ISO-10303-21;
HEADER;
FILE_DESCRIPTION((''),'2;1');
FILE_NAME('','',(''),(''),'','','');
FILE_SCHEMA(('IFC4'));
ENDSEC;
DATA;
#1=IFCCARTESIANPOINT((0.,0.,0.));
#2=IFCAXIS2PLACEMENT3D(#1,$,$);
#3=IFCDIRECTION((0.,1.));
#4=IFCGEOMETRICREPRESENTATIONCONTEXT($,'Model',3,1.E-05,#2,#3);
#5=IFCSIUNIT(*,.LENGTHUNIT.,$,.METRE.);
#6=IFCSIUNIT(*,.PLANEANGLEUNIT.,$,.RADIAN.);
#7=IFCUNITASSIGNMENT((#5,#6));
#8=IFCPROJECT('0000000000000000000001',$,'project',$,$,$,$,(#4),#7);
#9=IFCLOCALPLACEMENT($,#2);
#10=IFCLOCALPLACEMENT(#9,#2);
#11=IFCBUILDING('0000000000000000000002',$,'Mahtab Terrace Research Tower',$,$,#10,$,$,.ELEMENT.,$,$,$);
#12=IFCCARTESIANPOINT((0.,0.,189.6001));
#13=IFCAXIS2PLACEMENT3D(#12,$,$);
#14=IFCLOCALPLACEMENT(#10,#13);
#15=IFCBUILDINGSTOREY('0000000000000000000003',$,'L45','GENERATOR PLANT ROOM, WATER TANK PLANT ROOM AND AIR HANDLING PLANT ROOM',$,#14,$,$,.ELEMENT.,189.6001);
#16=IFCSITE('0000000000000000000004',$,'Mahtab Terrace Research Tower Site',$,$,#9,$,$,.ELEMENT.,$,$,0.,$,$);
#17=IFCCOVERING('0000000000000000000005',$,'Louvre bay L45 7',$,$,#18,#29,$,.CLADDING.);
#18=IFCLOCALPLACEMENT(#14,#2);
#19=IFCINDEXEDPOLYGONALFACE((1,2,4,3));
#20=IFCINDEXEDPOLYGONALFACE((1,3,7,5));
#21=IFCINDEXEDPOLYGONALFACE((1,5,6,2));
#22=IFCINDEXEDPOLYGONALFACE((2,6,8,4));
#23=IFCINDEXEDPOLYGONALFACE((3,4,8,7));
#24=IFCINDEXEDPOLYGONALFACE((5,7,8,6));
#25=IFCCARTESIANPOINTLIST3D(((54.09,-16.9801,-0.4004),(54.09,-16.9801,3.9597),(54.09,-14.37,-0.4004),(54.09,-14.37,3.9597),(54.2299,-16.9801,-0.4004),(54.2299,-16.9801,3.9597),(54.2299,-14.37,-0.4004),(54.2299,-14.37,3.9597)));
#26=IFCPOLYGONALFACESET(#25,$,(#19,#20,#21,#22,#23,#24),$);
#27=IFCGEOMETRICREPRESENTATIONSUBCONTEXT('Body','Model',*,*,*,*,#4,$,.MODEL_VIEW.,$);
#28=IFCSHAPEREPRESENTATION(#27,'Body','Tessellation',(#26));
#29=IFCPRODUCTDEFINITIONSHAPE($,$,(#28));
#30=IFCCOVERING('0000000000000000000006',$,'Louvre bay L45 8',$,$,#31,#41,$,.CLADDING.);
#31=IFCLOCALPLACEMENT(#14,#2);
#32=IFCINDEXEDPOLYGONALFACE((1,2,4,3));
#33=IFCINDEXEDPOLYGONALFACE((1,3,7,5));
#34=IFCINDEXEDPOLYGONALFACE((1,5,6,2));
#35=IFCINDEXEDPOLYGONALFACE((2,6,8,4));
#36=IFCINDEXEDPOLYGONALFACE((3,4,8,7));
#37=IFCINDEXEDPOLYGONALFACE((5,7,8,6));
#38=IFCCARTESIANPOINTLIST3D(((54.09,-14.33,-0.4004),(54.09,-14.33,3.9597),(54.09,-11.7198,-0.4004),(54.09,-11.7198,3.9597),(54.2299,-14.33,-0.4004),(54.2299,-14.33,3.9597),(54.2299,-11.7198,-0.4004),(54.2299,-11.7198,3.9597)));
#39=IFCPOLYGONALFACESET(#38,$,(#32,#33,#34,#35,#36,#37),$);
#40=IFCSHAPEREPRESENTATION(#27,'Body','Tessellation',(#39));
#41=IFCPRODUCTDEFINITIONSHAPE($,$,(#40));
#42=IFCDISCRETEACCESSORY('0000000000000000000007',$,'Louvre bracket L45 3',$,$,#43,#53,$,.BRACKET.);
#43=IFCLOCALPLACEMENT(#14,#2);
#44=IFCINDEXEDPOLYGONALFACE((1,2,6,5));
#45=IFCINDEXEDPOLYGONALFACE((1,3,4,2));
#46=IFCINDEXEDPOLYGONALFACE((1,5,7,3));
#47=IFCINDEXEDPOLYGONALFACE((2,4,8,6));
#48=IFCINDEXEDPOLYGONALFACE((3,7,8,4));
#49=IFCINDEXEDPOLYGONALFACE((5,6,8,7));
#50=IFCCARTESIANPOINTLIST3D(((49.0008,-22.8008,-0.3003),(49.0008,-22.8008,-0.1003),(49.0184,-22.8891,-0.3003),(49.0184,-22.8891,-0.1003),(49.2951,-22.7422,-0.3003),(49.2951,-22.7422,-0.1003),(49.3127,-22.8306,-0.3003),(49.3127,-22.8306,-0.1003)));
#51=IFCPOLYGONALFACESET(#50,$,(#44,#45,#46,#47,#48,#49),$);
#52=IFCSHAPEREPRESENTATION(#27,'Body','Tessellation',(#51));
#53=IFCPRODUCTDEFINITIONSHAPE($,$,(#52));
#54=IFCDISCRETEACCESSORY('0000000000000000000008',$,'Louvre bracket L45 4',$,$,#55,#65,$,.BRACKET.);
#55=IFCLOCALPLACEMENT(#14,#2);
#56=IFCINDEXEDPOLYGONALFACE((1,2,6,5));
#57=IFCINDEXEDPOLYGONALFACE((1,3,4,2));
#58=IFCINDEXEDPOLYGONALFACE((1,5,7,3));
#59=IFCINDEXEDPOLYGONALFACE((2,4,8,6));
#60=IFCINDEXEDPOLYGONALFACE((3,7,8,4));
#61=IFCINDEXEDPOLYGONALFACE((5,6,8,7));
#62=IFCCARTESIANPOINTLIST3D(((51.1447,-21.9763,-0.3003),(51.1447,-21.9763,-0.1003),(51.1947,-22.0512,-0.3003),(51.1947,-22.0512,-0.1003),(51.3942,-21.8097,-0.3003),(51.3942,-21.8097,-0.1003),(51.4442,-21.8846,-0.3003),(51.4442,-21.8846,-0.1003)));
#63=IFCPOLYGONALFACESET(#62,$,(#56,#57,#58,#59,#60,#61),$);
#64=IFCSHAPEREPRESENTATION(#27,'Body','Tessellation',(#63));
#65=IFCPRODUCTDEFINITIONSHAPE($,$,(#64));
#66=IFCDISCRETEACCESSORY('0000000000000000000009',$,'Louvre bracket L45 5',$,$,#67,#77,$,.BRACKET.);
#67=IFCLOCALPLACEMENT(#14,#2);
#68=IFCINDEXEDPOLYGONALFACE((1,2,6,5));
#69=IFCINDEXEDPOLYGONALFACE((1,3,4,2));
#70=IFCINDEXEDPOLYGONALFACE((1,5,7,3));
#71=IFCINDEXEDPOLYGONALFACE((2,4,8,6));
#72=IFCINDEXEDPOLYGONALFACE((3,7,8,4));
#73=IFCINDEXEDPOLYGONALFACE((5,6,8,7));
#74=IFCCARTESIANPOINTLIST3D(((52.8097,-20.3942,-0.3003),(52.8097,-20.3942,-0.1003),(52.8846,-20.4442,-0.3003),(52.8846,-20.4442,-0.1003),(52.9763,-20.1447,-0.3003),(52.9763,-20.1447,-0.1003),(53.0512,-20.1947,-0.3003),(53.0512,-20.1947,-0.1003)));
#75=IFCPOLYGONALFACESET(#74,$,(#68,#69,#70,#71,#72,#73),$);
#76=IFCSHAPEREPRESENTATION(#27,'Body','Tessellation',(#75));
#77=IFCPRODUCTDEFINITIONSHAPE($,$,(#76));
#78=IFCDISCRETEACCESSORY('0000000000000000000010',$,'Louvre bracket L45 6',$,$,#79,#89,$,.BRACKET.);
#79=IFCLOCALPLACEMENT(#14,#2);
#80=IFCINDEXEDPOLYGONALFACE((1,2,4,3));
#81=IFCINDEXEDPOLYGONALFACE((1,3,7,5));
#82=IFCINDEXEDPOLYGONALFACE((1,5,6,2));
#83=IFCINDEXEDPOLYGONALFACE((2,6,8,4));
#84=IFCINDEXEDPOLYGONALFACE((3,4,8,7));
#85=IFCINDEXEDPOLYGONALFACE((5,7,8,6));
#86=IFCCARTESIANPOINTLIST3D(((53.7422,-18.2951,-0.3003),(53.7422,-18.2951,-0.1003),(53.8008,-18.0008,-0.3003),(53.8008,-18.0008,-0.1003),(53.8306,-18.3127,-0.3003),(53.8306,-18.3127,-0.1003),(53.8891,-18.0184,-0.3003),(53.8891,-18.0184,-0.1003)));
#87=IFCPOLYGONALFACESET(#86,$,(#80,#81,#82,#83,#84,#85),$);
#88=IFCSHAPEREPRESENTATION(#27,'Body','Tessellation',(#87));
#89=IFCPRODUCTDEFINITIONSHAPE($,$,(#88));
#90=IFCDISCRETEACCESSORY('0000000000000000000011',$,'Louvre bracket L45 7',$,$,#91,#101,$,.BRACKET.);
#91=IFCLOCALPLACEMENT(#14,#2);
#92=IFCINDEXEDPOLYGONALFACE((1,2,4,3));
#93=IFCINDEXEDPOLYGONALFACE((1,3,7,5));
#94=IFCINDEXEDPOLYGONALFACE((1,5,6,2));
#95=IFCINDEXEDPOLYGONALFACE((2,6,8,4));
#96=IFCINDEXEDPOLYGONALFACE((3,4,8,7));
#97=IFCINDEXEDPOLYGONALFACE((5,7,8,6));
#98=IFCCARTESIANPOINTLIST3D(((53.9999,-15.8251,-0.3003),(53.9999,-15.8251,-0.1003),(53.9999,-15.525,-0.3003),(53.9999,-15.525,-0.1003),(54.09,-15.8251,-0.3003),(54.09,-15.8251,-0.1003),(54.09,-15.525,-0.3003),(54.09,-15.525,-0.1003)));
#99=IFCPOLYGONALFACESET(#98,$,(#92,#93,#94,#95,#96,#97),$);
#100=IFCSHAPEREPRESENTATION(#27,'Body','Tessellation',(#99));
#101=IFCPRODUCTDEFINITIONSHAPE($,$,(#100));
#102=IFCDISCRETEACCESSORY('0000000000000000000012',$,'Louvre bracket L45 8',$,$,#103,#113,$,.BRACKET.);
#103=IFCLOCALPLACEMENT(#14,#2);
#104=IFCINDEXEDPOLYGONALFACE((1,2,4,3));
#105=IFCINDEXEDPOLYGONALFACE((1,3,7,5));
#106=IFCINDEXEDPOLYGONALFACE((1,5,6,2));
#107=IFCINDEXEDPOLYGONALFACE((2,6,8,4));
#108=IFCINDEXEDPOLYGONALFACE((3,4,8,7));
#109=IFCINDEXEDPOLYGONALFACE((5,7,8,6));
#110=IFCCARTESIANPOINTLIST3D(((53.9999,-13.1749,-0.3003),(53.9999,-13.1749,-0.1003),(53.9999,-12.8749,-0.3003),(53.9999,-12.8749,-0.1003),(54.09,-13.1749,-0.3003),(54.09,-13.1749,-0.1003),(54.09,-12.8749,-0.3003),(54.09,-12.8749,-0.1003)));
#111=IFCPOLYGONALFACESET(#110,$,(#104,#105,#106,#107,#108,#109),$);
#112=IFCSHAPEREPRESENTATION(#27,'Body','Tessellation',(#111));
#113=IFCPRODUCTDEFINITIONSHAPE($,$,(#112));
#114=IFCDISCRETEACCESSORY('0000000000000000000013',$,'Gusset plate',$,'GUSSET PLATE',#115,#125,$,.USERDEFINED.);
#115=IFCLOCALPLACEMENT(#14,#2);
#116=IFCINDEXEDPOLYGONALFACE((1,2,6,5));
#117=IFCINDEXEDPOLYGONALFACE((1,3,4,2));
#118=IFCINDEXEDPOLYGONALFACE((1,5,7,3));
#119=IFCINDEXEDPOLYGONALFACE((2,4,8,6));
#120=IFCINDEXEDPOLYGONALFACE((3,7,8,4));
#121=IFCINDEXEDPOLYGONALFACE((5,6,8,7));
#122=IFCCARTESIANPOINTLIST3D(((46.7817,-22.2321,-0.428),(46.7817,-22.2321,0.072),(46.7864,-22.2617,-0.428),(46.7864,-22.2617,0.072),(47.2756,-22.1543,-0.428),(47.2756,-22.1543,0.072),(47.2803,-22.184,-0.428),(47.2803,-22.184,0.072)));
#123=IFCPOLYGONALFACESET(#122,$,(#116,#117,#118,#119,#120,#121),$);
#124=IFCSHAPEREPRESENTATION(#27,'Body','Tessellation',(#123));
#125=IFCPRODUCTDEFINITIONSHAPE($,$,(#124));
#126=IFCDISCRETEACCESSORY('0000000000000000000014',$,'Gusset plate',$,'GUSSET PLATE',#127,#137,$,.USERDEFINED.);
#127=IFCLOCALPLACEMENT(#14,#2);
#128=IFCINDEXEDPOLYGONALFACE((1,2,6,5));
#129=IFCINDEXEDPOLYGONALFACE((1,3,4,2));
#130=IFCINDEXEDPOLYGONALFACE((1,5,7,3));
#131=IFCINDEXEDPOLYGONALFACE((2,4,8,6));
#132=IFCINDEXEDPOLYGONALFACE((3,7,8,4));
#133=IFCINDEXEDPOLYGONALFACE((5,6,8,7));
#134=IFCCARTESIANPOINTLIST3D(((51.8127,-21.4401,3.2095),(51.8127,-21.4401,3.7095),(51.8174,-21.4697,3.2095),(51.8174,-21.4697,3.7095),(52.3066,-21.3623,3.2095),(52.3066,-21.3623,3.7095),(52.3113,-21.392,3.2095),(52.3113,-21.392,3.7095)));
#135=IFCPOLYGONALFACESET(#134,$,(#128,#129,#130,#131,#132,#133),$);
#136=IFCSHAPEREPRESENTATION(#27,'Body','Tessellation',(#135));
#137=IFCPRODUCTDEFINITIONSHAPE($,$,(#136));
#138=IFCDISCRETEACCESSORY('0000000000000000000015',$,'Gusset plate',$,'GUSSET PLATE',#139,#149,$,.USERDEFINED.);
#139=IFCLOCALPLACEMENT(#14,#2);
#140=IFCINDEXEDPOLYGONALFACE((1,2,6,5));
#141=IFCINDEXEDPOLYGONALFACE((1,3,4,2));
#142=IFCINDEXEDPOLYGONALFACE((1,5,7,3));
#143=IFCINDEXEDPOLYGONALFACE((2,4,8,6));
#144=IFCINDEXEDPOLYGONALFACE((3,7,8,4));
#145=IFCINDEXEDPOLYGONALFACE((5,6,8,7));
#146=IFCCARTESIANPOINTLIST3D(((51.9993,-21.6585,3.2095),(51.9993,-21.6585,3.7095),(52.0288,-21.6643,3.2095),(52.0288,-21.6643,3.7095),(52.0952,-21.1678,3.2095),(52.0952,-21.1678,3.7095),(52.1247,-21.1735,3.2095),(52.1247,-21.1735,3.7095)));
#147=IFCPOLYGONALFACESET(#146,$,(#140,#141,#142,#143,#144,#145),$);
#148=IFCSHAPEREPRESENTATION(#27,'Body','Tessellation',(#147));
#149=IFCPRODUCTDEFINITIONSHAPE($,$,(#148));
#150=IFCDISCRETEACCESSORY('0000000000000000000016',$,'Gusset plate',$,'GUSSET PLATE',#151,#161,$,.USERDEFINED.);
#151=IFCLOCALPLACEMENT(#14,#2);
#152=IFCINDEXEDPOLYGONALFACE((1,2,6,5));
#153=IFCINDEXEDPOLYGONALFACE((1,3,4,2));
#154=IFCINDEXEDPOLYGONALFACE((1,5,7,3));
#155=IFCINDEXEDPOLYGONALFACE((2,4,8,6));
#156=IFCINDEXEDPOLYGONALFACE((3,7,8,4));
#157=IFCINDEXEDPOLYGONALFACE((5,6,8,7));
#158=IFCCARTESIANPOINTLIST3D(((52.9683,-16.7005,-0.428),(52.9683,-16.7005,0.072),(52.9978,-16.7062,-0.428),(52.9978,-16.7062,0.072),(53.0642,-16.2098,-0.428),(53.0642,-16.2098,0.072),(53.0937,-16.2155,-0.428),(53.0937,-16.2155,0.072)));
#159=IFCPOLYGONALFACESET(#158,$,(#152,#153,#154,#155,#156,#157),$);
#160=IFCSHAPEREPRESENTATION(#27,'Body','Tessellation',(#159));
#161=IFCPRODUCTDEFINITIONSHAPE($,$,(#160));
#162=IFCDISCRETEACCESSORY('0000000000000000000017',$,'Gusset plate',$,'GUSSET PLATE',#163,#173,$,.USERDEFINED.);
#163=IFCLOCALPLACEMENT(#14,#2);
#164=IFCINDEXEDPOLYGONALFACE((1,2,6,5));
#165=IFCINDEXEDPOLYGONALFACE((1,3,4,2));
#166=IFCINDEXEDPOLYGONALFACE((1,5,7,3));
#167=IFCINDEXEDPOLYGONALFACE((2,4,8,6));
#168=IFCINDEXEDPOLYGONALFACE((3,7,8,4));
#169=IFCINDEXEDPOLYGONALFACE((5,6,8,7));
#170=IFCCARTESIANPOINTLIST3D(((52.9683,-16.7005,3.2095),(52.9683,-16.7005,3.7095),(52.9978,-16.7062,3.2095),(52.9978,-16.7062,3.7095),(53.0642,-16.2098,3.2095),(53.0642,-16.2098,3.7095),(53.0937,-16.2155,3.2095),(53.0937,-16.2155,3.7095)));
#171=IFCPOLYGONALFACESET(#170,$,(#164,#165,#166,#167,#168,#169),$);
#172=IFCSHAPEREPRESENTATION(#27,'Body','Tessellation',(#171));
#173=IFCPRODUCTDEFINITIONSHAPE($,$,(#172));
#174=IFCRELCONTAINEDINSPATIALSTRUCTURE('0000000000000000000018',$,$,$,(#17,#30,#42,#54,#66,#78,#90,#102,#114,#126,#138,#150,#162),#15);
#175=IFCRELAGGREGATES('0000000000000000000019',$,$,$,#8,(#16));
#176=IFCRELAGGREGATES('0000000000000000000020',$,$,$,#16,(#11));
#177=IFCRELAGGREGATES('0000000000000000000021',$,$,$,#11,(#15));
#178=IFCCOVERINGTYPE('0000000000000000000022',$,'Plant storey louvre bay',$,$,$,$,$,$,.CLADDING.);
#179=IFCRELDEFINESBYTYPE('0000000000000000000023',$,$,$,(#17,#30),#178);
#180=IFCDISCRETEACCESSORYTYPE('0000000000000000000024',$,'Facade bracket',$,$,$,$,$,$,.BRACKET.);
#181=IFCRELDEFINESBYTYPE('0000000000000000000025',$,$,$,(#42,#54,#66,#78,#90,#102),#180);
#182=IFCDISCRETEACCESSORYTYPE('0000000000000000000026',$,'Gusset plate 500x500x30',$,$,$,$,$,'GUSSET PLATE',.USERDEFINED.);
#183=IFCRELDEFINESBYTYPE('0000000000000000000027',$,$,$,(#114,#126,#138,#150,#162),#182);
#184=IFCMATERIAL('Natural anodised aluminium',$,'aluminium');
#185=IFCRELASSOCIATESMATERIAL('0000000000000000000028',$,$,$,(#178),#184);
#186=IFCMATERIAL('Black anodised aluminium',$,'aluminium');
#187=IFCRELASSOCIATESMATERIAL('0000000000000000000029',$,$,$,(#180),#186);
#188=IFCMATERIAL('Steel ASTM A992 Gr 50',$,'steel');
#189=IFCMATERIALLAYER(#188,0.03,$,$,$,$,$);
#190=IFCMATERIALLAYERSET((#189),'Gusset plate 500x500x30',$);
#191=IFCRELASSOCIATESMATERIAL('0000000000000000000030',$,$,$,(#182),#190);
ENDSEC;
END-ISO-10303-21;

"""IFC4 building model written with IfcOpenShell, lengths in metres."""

from ifc_helpers import new_model, si_unit, direction, frame, origin, origin_2d, place, context, subcontext, project, spatial, rectangle, extrude, material, layer, layer_set, type_object, element, save


model = new_model("IFC4")

# Units and contexts
model_context = context("Model", 3, precision=1e-05, world=origin(), true_north=direction((0.0, 1.0)))
body_context = subcontext(model_context, "Body", "Model", "MODEL_VIEW")
ifc_project = project(units=[si_unit("LENGTHUNIT", "METRE"), si_unit("PLANEANGLEUNIT", "RADIAN")], contexts=[model_context])

# Site, building, storey
site_placement = place(None, origin())
site = spatial("IfcSite", under=ifc_project, at=site_placement, Name="Mahtab Terrace Research Tower Site", CompositionType="ELEMENT", RefElevation=0.0)
building_placement = place(site_placement, origin())
building = spatial("IfcBuilding", under=site, at=building_placement, Name="Mahtab Terrace Research Tower", CompositionType="ELEMENT")
storey_placement = place(building_placement, frame((0.0, 0.0, 189.6001)))
storey = spatial("IfcBuildingStorey", under=building, at=storey_placement, Name="L45", Description="GENERATOR PLANT ROOM, WATER TANK PLANT ROOM AND AIR HANDLING PLANT ROOM", CompositionType="ELEMENT", Elevation=189.6001)

# Shared definitions
ifc_material_1 = material(Name="Steel ASTM A992 Gr 50", Category="steel")

# Coverings
ifc_material_2 = material(Name="Natural anodised aluminium", Category="aluminium")
covering_type = type_object("IfcCoveringType", Name="Plant storey louvre bay", PredefinedType="CLADDING", material=ifc_material_2)
for number, where, z_axis, x_axis, name in (
    (1, (54.1599, -15.675, -0.4004), (0.0, 0.0, 1.0), (0.0, 1.0, 0.0), "Louvre bay L45 7"),
    (2, (54.1599, -13.0249, -0.4004), (0.0, 0.0, 1.0), (0.0, 1.0, 0.0), "Louvre bay L45 8"),
):
    element("IfcCovering", number, at=place(storey_placement, frame(where, z_axis=z_axis, x_axis=x_axis)), inside=storey, type_object=covering_type, Name=name, PredefinedType="CLADDING", context=body_context, shape_type="SweptSolid", body=[
        extrude(rectangle(XDim=2.6101, YDim=0.1399, at=origin_2d()), origin(), (0.0, 0.0, 1.0), 4.3601),
    ])

# Discrete accessories
ifc_material_3 = material(Name="Black anodised aluminium", Category="aluminium")
discrete_accessory_type_1 = type_object("IfcDiscreteAccessoryType", Name="Facade bracket", PredefinedType="BRACKET", material=ifc_material_3)
for number, where, z_axis, x_axis, name in (
    (3, (49.1567, -22.8157, -0.3003), (0.0, 0.0, 1.0), (0.980761, 0.195212, 0.0), "Louvre bracket L45 3"),
    (4, (51.2944, -21.9304, -0.3003), (0.0, 0.0, 1.0), (0.831656, 0.555291, 0.0), "Louvre bracket L45 4"),
    (5, (52.9304, -20.2944, -0.3003), (0.0, 0.0, 1.0), (0.555291, 0.831656, 0.0), "Louvre bracket L45 5"),
    (6, (53.8157, -18.1567, -0.3003), (0.0, 0.0, 1.0), (0.195212, 0.980761, 0.0), "Louvre bracket L45 6"),
    (7, (54.0449, -15.675, -0.3003), (0.0, 0.0, 1.0), (0.0, 1.0, 0.0), "Louvre bracket L45 7"),
    (8, (54.0449, -13.0249, -0.3003), (0.0, 0.0, 1.0), (0.0, 1.0, 0.0), "Louvre bracket L45 8"),
):
    element("IfcDiscreteAccessory", number, at=place(storey_placement, frame(where, z_axis=z_axis, x_axis=x_axis)), inside=storey, type_object=discrete_accessory_type_1, Name=name, PredefinedType="BRACKET", context=body_context, shape_type="SweptSolid", body=[
        extrude(rectangle(XDim=0.3, YDim=0.0901, at=origin_2d()), origin(), (0.0, 0.0, 1.0), 0.2),
    ])
ifc_layer = layer(ifc_material_1, 0.03)
ifc_layer_set = layer_set([ifc_layer], Name="Gusset plate 500x500x30")
discrete_accessory_type_2 = type_object("IfcDiscreteAccessoryType", Name="Gusset plate 500x500x30", ElementType="GUSSET PLATE", PredefinedType="USERDEFINED", material=ifc_layer_set)
for number, where, z_axis, x_axis, name in (
    (9, (47.031, -22.208, -0.428), (0.0, 0.0, 1.0), (0.987835, 0.155504, 0.0), "Gusset plate"),
    (10, (52.062, -21.416, 3.2095), (0.0, 0.0, 1.0), (0.987835, 0.155504, 0.0), "Gusset plate"),
    (11, (52.062, -21.416, 3.2095), (0.0, 0.0, 1.0), (0.19182, 0.98143, 0.0), "Gusset plate"),
    (12, (53.031, -16.458, -0.428), (0.0, 0.0, 1.0), (0.19182, 0.98143, 0.0), "Gusset plate"),
    (13, (53.031, -16.458, 3.2095), (0.0, 0.0, 1.0), (0.19182, 0.98143, 0.0), "Gusset plate"),
):
    element("IfcDiscreteAccessory", number, at=place(storey_placement, frame(where, z_axis=z_axis, x_axis=x_axis)), inside=storey, type_object=discrete_accessory_type_2, Name=name, ObjectType="GUSSET PLATE", PredefinedType="USERDEFINED", context=body_context, shape_type="SweptSolid", body=[
        extrude(rectangle(XDim=0.5, YDim=0.03, at=origin_2d()), origin(), (0.0, 0.0, 1.0), 0.5),
    ])

save(model, "model.ifc")
